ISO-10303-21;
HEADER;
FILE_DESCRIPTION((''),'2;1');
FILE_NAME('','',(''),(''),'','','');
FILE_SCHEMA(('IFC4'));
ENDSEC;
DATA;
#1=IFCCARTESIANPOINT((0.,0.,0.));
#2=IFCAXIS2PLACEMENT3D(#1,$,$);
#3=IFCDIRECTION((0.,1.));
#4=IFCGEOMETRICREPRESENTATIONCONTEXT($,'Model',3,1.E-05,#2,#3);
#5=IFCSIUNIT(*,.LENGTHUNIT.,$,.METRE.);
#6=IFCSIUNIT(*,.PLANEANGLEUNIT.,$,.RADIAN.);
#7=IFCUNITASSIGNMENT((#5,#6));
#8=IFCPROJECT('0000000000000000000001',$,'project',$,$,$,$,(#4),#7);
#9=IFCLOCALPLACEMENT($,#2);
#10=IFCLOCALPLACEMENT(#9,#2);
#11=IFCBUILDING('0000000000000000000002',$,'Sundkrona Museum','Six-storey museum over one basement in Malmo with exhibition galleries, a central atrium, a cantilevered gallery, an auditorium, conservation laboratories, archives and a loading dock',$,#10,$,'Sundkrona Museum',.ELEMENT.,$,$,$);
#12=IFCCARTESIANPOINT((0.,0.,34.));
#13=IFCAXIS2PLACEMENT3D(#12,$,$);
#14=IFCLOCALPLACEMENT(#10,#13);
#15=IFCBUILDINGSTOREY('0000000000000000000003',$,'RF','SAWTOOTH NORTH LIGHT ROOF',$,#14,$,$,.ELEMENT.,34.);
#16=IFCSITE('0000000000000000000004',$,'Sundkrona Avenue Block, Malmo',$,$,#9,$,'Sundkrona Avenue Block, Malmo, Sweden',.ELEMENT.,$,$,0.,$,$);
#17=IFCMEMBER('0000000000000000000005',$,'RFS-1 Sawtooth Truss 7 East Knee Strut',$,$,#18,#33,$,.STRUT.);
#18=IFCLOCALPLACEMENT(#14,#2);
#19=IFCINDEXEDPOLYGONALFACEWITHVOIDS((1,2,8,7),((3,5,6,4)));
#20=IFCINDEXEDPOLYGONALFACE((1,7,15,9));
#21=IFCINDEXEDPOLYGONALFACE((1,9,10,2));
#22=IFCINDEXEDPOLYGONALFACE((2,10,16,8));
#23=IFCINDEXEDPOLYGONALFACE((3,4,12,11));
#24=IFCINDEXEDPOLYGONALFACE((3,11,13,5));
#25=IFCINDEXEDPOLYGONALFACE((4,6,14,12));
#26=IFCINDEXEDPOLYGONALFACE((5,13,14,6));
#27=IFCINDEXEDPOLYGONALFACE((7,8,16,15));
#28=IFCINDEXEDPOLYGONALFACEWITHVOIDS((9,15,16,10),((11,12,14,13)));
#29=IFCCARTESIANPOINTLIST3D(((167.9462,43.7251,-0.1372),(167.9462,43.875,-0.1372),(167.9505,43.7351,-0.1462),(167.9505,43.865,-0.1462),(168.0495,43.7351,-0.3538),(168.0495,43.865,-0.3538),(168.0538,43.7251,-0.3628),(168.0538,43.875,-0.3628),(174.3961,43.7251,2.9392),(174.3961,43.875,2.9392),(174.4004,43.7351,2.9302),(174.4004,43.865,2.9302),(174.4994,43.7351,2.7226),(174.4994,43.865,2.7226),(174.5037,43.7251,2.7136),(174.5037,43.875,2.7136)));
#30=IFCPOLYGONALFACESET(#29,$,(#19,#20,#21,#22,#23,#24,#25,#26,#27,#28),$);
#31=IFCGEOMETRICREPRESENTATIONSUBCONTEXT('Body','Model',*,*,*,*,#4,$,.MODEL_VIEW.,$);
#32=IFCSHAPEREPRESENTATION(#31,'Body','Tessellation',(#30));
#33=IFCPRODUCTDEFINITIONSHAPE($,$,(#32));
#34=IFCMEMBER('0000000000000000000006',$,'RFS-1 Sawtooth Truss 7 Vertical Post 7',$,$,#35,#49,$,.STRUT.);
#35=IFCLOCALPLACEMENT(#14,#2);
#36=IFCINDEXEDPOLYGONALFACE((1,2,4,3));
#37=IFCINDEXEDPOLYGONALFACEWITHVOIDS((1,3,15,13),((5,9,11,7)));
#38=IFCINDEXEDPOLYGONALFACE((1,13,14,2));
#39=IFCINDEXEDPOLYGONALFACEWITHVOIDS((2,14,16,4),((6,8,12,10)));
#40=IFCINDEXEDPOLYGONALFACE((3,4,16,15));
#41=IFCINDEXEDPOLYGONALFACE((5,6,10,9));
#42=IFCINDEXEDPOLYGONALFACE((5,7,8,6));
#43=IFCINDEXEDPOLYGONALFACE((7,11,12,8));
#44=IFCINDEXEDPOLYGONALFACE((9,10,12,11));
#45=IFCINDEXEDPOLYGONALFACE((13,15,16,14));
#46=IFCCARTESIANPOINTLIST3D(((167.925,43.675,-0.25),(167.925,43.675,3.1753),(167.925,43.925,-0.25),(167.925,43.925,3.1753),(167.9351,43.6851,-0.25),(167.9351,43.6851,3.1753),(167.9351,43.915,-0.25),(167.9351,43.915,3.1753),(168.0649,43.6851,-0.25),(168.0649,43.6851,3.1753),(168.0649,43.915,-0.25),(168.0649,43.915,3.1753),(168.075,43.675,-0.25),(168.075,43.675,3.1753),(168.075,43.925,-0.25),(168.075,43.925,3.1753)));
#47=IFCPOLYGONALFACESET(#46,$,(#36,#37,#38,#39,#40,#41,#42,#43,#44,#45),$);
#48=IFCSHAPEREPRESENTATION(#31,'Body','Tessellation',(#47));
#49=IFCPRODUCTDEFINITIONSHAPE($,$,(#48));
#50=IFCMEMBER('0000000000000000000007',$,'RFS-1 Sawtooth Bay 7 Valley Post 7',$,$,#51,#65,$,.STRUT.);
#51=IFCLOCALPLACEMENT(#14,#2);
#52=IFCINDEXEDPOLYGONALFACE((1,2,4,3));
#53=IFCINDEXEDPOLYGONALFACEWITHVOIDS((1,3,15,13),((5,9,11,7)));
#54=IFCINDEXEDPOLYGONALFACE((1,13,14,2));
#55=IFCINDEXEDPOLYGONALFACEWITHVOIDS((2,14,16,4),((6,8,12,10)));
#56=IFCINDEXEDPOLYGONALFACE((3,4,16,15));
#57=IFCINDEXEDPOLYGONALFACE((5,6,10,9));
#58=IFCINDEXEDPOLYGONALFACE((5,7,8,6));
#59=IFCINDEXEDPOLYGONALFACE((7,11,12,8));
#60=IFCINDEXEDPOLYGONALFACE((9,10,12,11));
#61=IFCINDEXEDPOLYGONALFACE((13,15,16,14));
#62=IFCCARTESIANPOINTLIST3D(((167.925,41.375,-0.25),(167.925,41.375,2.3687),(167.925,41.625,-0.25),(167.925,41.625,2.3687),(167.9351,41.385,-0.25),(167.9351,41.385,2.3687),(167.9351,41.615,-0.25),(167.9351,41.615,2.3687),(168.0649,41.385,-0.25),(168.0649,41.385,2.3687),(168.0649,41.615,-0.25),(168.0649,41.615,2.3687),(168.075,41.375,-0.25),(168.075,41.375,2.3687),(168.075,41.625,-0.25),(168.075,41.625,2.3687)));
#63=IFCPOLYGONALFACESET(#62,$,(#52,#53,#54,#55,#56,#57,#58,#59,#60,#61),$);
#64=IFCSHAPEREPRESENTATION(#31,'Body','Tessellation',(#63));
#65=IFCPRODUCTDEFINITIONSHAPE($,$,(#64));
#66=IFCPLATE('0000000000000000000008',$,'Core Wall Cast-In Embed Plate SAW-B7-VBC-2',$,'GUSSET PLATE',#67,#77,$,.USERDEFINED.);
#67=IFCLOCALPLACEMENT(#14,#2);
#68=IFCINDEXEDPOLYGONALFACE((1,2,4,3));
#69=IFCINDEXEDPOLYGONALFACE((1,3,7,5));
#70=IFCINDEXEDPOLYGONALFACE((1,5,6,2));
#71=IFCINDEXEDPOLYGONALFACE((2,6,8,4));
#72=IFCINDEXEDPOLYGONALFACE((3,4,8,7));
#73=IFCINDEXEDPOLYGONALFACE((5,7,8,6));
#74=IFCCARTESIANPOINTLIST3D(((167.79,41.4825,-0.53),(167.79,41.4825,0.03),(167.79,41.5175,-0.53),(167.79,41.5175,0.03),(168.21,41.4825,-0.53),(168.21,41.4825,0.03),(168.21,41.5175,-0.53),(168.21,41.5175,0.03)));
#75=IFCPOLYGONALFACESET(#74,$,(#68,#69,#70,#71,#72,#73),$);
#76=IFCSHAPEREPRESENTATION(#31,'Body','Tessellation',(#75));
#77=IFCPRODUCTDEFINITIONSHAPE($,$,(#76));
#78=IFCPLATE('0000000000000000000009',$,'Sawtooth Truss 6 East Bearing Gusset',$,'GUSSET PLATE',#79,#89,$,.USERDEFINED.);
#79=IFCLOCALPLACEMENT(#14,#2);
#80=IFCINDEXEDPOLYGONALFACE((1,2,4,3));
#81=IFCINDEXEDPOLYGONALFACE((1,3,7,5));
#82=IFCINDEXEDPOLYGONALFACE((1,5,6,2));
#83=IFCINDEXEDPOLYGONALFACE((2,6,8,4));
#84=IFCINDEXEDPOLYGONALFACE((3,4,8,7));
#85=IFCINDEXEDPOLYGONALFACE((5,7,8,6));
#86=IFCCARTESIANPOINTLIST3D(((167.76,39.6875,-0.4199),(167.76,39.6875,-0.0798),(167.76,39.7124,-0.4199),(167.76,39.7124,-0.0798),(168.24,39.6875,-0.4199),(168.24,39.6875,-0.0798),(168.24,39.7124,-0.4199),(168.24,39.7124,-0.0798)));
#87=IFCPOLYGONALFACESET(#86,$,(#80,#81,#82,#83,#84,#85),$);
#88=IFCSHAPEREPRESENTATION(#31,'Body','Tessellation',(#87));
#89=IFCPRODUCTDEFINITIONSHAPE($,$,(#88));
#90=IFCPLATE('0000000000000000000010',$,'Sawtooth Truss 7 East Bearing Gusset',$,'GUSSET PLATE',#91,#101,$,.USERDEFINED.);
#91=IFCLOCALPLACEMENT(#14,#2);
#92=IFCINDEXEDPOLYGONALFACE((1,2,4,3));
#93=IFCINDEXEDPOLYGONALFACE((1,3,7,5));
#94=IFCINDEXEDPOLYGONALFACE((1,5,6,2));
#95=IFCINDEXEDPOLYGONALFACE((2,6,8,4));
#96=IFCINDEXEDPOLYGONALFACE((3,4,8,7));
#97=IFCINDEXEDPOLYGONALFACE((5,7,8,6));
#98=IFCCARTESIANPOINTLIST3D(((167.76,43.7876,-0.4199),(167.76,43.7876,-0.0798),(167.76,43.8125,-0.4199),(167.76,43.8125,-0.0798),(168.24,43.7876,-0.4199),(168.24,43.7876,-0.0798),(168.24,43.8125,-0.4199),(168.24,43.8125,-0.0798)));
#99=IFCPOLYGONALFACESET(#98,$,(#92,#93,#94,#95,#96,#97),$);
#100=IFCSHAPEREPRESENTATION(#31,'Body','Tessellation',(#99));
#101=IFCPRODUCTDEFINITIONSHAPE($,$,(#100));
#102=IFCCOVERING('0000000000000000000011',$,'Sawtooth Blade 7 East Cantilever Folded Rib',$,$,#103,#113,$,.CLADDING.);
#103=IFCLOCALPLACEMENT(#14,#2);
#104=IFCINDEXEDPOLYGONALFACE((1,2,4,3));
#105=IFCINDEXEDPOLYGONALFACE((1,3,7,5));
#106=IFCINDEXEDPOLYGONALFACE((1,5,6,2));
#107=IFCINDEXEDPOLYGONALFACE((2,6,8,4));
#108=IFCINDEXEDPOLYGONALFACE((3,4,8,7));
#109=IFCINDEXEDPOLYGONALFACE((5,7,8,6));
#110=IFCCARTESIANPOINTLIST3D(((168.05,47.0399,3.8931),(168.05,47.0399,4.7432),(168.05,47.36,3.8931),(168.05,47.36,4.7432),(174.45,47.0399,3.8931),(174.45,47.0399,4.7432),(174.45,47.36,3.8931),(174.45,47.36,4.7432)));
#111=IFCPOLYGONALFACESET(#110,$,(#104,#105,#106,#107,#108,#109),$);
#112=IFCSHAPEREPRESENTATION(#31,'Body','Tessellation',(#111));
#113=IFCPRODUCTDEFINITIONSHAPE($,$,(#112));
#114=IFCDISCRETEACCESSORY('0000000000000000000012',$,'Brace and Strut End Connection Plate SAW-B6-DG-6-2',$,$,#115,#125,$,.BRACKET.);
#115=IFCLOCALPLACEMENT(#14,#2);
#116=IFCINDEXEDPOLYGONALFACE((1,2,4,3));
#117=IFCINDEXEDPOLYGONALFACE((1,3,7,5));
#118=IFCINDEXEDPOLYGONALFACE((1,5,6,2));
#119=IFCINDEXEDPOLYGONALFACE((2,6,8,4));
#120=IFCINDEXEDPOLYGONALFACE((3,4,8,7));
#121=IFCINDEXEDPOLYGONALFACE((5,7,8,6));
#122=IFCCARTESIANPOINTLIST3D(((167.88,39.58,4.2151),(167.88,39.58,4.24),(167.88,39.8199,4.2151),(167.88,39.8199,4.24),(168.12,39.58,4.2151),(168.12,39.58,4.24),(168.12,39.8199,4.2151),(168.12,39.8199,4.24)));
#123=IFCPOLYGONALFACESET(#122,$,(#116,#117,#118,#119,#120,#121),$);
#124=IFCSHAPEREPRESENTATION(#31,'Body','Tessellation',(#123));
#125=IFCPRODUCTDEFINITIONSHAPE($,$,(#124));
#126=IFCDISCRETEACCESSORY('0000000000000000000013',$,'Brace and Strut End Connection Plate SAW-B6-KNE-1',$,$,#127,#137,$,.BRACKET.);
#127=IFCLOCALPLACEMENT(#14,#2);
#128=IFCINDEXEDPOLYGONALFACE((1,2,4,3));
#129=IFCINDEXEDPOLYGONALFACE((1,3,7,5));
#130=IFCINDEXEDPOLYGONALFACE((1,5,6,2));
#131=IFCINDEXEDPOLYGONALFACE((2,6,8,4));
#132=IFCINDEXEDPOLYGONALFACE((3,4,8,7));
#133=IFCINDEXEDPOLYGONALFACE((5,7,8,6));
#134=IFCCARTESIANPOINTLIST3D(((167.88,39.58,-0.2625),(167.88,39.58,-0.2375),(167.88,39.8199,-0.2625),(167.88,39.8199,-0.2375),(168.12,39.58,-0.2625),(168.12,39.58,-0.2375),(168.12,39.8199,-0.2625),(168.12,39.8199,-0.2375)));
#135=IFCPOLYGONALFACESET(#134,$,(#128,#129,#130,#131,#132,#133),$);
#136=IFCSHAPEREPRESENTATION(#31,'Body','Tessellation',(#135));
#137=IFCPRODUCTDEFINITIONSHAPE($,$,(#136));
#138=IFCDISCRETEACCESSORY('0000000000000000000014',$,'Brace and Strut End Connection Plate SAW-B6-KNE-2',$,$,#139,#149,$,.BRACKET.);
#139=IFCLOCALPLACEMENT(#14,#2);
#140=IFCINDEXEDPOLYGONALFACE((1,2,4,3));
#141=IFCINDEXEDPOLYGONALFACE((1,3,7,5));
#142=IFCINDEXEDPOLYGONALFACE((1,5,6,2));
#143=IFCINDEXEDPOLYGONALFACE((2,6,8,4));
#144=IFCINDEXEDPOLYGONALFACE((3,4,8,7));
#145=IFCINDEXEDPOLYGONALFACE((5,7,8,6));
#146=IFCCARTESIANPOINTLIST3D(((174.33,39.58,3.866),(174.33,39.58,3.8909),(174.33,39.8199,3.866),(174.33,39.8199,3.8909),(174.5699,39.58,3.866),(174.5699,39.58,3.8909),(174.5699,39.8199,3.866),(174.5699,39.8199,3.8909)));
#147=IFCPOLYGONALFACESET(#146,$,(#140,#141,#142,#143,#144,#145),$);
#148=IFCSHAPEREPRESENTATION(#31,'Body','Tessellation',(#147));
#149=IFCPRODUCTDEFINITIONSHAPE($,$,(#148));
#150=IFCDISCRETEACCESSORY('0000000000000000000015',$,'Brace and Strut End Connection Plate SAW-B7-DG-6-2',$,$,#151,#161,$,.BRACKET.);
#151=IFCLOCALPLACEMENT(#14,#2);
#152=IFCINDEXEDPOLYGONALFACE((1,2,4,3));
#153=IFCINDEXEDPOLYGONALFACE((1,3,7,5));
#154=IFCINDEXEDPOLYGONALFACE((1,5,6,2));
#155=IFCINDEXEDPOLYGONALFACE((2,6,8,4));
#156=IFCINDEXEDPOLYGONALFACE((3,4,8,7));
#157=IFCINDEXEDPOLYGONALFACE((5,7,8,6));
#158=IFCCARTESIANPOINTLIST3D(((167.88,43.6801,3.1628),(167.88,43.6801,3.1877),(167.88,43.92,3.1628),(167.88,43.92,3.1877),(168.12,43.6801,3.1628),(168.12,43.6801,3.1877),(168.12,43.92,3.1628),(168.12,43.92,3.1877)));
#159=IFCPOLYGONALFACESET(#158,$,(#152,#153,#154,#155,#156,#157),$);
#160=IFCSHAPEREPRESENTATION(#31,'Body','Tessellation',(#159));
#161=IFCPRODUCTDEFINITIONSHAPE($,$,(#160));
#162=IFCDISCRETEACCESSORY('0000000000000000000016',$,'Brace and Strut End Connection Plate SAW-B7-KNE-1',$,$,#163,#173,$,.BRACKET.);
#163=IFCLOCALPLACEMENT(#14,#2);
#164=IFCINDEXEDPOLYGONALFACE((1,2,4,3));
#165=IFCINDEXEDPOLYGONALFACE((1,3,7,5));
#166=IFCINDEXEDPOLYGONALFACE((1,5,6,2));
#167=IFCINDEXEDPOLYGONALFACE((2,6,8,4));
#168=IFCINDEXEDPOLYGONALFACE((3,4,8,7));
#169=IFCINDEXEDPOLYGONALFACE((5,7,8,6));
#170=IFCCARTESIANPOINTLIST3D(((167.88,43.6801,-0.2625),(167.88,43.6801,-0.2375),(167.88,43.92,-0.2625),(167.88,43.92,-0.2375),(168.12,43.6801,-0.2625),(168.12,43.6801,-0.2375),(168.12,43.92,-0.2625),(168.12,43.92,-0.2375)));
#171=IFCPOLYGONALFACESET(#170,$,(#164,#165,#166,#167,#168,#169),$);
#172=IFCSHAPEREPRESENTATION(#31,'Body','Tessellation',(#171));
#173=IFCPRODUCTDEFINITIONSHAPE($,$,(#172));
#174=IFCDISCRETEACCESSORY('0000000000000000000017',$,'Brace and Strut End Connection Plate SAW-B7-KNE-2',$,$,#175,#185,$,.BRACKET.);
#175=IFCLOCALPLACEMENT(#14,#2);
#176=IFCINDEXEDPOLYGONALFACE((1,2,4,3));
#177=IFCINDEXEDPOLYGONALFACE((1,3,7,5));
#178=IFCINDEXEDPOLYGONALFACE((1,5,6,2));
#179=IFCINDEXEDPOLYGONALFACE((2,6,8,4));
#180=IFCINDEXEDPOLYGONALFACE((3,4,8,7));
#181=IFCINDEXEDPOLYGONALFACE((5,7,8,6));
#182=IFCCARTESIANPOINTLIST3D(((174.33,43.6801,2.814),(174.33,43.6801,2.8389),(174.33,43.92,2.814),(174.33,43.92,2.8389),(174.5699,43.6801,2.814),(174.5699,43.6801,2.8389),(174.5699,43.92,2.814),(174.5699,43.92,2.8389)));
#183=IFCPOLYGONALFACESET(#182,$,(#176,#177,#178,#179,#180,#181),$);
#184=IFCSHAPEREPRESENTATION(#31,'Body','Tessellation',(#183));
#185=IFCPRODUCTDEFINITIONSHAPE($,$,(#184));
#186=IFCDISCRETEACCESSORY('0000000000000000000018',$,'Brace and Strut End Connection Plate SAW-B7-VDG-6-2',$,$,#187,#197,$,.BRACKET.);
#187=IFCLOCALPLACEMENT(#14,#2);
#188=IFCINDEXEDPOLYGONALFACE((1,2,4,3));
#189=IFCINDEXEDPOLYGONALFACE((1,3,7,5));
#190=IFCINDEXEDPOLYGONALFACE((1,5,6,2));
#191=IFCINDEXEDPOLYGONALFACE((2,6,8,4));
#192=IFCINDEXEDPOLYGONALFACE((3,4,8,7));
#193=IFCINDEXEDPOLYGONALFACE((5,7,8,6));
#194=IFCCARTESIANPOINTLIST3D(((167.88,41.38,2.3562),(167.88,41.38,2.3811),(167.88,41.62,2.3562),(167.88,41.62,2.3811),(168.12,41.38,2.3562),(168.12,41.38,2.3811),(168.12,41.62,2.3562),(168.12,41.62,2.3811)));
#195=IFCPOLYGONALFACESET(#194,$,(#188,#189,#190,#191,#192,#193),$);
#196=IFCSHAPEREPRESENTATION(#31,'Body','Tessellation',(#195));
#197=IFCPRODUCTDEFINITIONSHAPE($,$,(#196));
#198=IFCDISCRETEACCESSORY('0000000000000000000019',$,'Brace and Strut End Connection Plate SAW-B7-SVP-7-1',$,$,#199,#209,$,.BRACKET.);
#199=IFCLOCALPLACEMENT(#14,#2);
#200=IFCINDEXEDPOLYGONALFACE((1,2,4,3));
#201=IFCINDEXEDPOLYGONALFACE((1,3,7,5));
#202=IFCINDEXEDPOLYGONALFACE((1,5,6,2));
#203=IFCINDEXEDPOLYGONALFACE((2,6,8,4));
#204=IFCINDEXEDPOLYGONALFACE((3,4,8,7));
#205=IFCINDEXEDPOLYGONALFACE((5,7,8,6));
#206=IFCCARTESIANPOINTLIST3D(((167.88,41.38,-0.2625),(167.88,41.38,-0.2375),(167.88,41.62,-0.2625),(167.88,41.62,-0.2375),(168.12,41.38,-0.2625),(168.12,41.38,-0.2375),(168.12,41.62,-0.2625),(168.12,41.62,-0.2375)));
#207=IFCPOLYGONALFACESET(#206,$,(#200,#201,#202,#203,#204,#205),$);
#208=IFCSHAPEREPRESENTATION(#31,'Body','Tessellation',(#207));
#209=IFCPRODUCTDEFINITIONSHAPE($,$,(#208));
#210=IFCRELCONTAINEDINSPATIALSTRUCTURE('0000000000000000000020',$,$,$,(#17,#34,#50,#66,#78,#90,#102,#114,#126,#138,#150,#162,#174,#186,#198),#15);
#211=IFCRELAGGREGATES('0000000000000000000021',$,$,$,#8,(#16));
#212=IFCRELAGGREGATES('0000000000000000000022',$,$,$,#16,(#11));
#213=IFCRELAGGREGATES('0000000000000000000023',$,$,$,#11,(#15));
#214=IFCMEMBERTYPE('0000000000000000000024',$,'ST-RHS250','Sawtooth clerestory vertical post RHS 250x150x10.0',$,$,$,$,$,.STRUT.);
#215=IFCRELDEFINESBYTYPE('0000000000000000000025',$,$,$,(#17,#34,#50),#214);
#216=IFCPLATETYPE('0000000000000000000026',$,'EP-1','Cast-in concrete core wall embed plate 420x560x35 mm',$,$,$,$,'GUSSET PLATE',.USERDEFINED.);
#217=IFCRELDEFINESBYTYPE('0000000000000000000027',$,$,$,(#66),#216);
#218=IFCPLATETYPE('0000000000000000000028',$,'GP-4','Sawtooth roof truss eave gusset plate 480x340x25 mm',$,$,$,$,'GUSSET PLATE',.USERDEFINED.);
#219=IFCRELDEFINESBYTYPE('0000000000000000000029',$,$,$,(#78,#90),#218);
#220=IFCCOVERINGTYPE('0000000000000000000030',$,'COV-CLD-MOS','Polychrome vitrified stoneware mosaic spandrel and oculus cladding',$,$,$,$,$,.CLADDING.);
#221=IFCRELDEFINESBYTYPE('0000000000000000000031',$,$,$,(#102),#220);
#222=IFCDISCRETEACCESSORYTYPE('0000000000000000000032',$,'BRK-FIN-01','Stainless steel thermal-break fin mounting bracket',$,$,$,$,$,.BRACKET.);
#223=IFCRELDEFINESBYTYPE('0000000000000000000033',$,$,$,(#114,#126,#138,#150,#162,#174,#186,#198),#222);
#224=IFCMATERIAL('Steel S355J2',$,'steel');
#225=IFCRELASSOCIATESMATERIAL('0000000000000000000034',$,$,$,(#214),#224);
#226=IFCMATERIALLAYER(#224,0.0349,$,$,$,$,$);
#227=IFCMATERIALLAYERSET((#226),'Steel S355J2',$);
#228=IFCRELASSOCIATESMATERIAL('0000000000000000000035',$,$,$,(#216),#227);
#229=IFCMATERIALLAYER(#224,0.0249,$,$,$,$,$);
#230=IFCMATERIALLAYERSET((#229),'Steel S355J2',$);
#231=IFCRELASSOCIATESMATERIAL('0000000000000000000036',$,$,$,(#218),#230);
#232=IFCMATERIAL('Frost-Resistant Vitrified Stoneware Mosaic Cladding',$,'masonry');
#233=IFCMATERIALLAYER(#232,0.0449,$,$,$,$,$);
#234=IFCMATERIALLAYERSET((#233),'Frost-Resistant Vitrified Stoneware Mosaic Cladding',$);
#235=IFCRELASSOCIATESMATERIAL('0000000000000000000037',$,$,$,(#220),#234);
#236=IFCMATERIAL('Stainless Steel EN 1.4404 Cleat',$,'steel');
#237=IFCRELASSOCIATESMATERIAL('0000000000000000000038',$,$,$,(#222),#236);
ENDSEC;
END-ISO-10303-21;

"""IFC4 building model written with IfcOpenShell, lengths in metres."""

from ifc_helpers import new_model, si_unit, direction, frame, origin, origin_2d, place, context, subcontext, project, spatial, rectangle, hollow_rectangle, extrude, material, layer, layer_set, material_profile, profile_set, type_object, element, save


model = new_model("IFC4")

# Units and contexts
model_context = context("Model", 3, precision=1e-05, world=origin(), true_north=direction((0.0, 1.0)))
body_context = subcontext(model_context, "Body", "Model", "MODEL_VIEW")
ifc_project = project(units=[si_unit("LENGTHUNIT", "METRE"), si_unit("PLANEANGLEUNIT", "RADIAN")], contexts=[model_context])

# Site, building, storey
site_placement = place(None, origin())
site = spatial("IfcSite", under=ifc_project, at=site_placement, Name="Sundkrona Avenue Block, Malmo", LongName="Sundkrona Avenue Block, Malmo, Sweden", CompositionType="ELEMENT", RefElevation=0.0)
building_placement = place(site_placement, origin())
building = spatial("IfcBuilding", under=site, at=building_placement, Name="Sundkrona Museum", Description="Six-storey museum over one basement in Malmo with exhibition galleries, a central atrium, a cantilevered gallery, an auditorium, conservation laboratories, archives and a loading dock", LongName="Sundkrona Museum", CompositionType="ELEMENT")
storey_placement = place(building_placement, frame((0.0, 0.0, 34.0)))
storey = spatial("IfcBuildingStorey", under=building, at=storey_placement, Name="RF", Description="SAWTOOTH NORTH LIGHT ROOF", CompositionType="ELEMENT", Elevation=34.0)

# Members
ifc_material_1 = material(Name="Steel S355J2", Category="steel")
ifc_material_profile_1 = material_profile(ifc_material_1, hollow_rectangle(XDim=0.1499, YDim=0.25, WallThickness=0.01, at=origin_2d()), Name="RHS 250x150x10.0")
ifc_profile_set_1 = profile_set([ifc_material_profile_1], Name="Steel S355J2")
member_type_1 = type_object("IfcMemberType", Name="ST-RHS250", Description="Sawtooth clerestory vertical post RHS 250x150x10.0", PredefinedType="STRUT", material=ifc_profile_set_1)
member_1_placement = place(storey_placement, frame((168.0, 43.8, -0.25), z_axis=(0.902588, 0.0, 0.430505), x_axis=(0.0, 1.0, 0.0)))
element("IfcMember", 1, at=member_1_placement, inside=storey, type_object=member_type_1, Name="RFS-1 Sawtooth Truss 7 East Knee Strut", PredefinedType="STRUT", context=body_context, shape_type="SweptSolid", body=[
    extrude(hollow_rectangle(XDim=0.1499, YDim=0.25, WallThickness=0.01, at=origin_2d()), origin(), (0.0, 0.0, 1.0), 7.146),
])
member_2_placement = place(storey_placement, frame((168.0, 43.8, -0.25), z_axis=(0.0, 0.0, 1.0), x_axis=(1.0, 0.0, 0.0)))
element("IfcMember", 2, at=member_2_placement, inside=storey, type_object=member_type_1, Name="RFS-1 Sawtooth Truss 7 Vertical Post 7", PredefinedType="STRUT", context=body_context, shape_type="SweptSolid", body=[
    extrude(hollow_rectangle(XDim=0.1499, YDim=0.25, WallThickness=0.01, at=origin_2d()), origin(), (0.0, 0.0, 1.0), 3.4253),
])
member_3_placement = place(storey_placement, frame((168.0, 41.5, -0.25), z_axis=(0.0, 0.0, 1.0), x_axis=(1.0, 0.0, 0.0)))
element("IfcMember", 3, at=member_3_placement, inside=storey, type_object=member_type_1, Name="RFS-1 Sawtooth Bay 7 Valley Post 7", PredefinedType="STRUT", context=body_context, shape_type="SweptSolid", body=[
    extrude(hollow_rectangle(XDim=0.1499, YDim=0.25, WallThickness=0.01, at=origin_2d()), origin(), (0.0, 0.0, 1.0), 2.6187),
])

# Plates
ifc_layer_1 = layer(ifc_material_1, 0.0349)
ifc_layer_set_1 = layer_set([ifc_layer_1], Name="Steel S355J2")
plate_type_1 = type_object("IfcPlateType", Name="EP-1", Description="Cast-in concrete core wall embed plate 420x560x35 mm", ElementType="GUSSET PLATE", PredefinedType="USERDEFINED", material=ifc_layer_set_1)
plate_placement = place(storey_placement, frame((168.0, 41.5, -0.53), z_axis=(0.0, 0.0, 1.0), x_axis=(1.0, 0.0, 0.0)))
element("IfcPlate", 4, at=plate_placement, inside=storey, type_object=plate_type_1, Name="Core Wall Cast-In Embed Plate SAW-B7-VBC-2", ObjectType="GUSSET PLATE", PredefinedType="USERDEFINED", context=body_context, shape_type="SweptSolid", body=[
    extrude(rectangle(XDim=0.4199, YDim=0.0349, at=origin_2d()), origin(), (0.0, 0.0, 1.0), 0.5601),
])
ifc_layer_2 = layer(ifc_material_1, 0.0249)
ifc_layer_set_2 = layer_set([ifc_layer_2], Name="Steel S355J2")
plate_type_2 = type_object("IfcPlateType", Name="GP-4", Description="Sawtooth roof truss eave gusset plate 480x340x25 mm", ElementType="GUSSET PLATE", PredefinedType="USERDEFINED", material=ifc_layer_set_2)
for number, where, z_axis, x_axis, name in (
    (5, (168.0, 39.7, -0.4199), (0.0, 0.0, 1.0), (1.0, 0.0, 0.0), "Sawtooth Truss 6 East Bearing Gusset"),
    (6, (168.0, 43.8, -0.4199), (0.0, 0.0, 1.0), (1.0, 0.0, 0.0), "Sawtooth Truss 7 East Bearing Gusset"),
):
    element("IfcPlate", number, at=place(storey_placement, frame(where, z_axis=z_axis, x_axis=x_axis)), inside=storey, type_object=plate_type_2, Name=name, ObjectType="GUSSET PLATE", PredefinedType="USERDEFINED", context=body_context, shape_type="SweptSolid", body=[
        extrude(rectangle(XDim=0.48, YDim=0.0249, at=origin_2d()), origin(), (0.0, 0.0, 1.0), 0.3401),
    ])

# Covering
ifc_material_2 = material(Name="Frost-Resistant Vitrified Stoneware Mosaic Cladding", Category="masonry")
ifc_layer_3 = layer(ifc_material_2, 0.0449)
ifc_layer_set_3 = layer_set([ifc_layer_3], Name="Frost-Resistant Vitrified Stoneware Mosaic Cladding")
covering_type = type_object("IfcCoveringType", Name="COV-CLD-MOS", Description="Polychrome vitrified stoneware mosaic spandrel and oculus cladding", PredefinedType="CLADDING", material=ifc_layer_set_3)
covering_placement = place(storey_placement, frame((171.25, 47.2, 3.8931), z_axis=(0.0, 0.0, 1.0), x_axis=(1.0, 0.0, 0.0)))
element("IfcCovering", 7, at=covering_placement, inside=storey, type_object=covering_type, Name="Sawtooth Blade 7 East Cantilever Folded Rib", PredefinedType="CLADDING", context=body_context, shape_type="SweptSolid", body=[
    extrude(rectangle(XDim=6.3999, YDim=0.3201, at=origin_2d()), origin(), (0.0, 0.0, 1.0), 0.8501),
])

# Discrete accessories
ifc_material_3 = material(Name="Stainless Steel EN 1.4404 Cleat", Category="steel")
discrete_accessory_type = type_object("IfcDiscreteAccessoryType", Name="BRK-FIN-01", Description="Stainless steel thermal-break fin mounting bracket", PredefinedType="BRACKET", material=ifc_material_3)
for number, where, z_axis, x_axis, name in (
    (8, (168.0, 39.7, 4.2151), (0.0, 0.0, 1.0), (1.0, 0.0, 0.0), "Brace and Strut End Connection Plate SAW-B6-DG-6-2"),
    (9, (168.0, 39.7, -0.2625), (0.0, 0.0, 1.0), (1.0, 0.0, 0.0), "Brace and Strut End Connection Plate SAW-B6-KNE-1"),
    (10, (174.45, 39.7, 3.866), (0.0, 0.0, 1.0), (1.0, 0.0, 0.0), "Brace and Strut End Connection Plate SAW-B6-KNE-2"),
    (11, (168.0, 43.8, 3.1628), (0.0, 0.0, 1.0), (1.0, 0.0, 0.0), "Brace and Strut End Connection Plate SAW-B7-DG-6-2"),
    (12, (168.0, 43.8, -0.2625), (0.0, 0.0, 1.0), (1.0, 0.0, 0.0), "Brace and Strut End Connection Plate SAW-B7-KNE-1"),
    (13, (174.45, 43.8, 2.814), (0.0, 0.0, 1.0), (1.0, 0.0, 0.0), "Brace and Strut End Connection Plate SAW-B7-KNE-2"),
    (14, (168.0, 41.5, 2.3562), (0.0, 0.0, 1.0), (1.0, 0.0, 0.0), "Brace and Strut End Connection Plate SAW-B7-VDG-6-2"),
    (15, (168.0, 41.5, -0.2625), (0.0, 0.0, 1.0), (1.0, 0.0, 0.0), "Brace and Strut End Connection Plate SAW-B7-SVP-7-1"),
):
    element("IfcDiscreteAccessory", number, at=place(storey_placement, frame(where, z_axis=z_axis, x_axis=x_axis)), inside=storey, type_object=discrete_accessory_type, Name=name, PredefinedType="BRACKET", context=body_context, shape_type="SweptSolid", body=[
        extrude(rectangle(XDim=0.24, YDim=0.24, at=origin_2d()), origin(), (0.0, 0.0, 1.0), 0.0249),
    ])

save(model, "model.ifc")
